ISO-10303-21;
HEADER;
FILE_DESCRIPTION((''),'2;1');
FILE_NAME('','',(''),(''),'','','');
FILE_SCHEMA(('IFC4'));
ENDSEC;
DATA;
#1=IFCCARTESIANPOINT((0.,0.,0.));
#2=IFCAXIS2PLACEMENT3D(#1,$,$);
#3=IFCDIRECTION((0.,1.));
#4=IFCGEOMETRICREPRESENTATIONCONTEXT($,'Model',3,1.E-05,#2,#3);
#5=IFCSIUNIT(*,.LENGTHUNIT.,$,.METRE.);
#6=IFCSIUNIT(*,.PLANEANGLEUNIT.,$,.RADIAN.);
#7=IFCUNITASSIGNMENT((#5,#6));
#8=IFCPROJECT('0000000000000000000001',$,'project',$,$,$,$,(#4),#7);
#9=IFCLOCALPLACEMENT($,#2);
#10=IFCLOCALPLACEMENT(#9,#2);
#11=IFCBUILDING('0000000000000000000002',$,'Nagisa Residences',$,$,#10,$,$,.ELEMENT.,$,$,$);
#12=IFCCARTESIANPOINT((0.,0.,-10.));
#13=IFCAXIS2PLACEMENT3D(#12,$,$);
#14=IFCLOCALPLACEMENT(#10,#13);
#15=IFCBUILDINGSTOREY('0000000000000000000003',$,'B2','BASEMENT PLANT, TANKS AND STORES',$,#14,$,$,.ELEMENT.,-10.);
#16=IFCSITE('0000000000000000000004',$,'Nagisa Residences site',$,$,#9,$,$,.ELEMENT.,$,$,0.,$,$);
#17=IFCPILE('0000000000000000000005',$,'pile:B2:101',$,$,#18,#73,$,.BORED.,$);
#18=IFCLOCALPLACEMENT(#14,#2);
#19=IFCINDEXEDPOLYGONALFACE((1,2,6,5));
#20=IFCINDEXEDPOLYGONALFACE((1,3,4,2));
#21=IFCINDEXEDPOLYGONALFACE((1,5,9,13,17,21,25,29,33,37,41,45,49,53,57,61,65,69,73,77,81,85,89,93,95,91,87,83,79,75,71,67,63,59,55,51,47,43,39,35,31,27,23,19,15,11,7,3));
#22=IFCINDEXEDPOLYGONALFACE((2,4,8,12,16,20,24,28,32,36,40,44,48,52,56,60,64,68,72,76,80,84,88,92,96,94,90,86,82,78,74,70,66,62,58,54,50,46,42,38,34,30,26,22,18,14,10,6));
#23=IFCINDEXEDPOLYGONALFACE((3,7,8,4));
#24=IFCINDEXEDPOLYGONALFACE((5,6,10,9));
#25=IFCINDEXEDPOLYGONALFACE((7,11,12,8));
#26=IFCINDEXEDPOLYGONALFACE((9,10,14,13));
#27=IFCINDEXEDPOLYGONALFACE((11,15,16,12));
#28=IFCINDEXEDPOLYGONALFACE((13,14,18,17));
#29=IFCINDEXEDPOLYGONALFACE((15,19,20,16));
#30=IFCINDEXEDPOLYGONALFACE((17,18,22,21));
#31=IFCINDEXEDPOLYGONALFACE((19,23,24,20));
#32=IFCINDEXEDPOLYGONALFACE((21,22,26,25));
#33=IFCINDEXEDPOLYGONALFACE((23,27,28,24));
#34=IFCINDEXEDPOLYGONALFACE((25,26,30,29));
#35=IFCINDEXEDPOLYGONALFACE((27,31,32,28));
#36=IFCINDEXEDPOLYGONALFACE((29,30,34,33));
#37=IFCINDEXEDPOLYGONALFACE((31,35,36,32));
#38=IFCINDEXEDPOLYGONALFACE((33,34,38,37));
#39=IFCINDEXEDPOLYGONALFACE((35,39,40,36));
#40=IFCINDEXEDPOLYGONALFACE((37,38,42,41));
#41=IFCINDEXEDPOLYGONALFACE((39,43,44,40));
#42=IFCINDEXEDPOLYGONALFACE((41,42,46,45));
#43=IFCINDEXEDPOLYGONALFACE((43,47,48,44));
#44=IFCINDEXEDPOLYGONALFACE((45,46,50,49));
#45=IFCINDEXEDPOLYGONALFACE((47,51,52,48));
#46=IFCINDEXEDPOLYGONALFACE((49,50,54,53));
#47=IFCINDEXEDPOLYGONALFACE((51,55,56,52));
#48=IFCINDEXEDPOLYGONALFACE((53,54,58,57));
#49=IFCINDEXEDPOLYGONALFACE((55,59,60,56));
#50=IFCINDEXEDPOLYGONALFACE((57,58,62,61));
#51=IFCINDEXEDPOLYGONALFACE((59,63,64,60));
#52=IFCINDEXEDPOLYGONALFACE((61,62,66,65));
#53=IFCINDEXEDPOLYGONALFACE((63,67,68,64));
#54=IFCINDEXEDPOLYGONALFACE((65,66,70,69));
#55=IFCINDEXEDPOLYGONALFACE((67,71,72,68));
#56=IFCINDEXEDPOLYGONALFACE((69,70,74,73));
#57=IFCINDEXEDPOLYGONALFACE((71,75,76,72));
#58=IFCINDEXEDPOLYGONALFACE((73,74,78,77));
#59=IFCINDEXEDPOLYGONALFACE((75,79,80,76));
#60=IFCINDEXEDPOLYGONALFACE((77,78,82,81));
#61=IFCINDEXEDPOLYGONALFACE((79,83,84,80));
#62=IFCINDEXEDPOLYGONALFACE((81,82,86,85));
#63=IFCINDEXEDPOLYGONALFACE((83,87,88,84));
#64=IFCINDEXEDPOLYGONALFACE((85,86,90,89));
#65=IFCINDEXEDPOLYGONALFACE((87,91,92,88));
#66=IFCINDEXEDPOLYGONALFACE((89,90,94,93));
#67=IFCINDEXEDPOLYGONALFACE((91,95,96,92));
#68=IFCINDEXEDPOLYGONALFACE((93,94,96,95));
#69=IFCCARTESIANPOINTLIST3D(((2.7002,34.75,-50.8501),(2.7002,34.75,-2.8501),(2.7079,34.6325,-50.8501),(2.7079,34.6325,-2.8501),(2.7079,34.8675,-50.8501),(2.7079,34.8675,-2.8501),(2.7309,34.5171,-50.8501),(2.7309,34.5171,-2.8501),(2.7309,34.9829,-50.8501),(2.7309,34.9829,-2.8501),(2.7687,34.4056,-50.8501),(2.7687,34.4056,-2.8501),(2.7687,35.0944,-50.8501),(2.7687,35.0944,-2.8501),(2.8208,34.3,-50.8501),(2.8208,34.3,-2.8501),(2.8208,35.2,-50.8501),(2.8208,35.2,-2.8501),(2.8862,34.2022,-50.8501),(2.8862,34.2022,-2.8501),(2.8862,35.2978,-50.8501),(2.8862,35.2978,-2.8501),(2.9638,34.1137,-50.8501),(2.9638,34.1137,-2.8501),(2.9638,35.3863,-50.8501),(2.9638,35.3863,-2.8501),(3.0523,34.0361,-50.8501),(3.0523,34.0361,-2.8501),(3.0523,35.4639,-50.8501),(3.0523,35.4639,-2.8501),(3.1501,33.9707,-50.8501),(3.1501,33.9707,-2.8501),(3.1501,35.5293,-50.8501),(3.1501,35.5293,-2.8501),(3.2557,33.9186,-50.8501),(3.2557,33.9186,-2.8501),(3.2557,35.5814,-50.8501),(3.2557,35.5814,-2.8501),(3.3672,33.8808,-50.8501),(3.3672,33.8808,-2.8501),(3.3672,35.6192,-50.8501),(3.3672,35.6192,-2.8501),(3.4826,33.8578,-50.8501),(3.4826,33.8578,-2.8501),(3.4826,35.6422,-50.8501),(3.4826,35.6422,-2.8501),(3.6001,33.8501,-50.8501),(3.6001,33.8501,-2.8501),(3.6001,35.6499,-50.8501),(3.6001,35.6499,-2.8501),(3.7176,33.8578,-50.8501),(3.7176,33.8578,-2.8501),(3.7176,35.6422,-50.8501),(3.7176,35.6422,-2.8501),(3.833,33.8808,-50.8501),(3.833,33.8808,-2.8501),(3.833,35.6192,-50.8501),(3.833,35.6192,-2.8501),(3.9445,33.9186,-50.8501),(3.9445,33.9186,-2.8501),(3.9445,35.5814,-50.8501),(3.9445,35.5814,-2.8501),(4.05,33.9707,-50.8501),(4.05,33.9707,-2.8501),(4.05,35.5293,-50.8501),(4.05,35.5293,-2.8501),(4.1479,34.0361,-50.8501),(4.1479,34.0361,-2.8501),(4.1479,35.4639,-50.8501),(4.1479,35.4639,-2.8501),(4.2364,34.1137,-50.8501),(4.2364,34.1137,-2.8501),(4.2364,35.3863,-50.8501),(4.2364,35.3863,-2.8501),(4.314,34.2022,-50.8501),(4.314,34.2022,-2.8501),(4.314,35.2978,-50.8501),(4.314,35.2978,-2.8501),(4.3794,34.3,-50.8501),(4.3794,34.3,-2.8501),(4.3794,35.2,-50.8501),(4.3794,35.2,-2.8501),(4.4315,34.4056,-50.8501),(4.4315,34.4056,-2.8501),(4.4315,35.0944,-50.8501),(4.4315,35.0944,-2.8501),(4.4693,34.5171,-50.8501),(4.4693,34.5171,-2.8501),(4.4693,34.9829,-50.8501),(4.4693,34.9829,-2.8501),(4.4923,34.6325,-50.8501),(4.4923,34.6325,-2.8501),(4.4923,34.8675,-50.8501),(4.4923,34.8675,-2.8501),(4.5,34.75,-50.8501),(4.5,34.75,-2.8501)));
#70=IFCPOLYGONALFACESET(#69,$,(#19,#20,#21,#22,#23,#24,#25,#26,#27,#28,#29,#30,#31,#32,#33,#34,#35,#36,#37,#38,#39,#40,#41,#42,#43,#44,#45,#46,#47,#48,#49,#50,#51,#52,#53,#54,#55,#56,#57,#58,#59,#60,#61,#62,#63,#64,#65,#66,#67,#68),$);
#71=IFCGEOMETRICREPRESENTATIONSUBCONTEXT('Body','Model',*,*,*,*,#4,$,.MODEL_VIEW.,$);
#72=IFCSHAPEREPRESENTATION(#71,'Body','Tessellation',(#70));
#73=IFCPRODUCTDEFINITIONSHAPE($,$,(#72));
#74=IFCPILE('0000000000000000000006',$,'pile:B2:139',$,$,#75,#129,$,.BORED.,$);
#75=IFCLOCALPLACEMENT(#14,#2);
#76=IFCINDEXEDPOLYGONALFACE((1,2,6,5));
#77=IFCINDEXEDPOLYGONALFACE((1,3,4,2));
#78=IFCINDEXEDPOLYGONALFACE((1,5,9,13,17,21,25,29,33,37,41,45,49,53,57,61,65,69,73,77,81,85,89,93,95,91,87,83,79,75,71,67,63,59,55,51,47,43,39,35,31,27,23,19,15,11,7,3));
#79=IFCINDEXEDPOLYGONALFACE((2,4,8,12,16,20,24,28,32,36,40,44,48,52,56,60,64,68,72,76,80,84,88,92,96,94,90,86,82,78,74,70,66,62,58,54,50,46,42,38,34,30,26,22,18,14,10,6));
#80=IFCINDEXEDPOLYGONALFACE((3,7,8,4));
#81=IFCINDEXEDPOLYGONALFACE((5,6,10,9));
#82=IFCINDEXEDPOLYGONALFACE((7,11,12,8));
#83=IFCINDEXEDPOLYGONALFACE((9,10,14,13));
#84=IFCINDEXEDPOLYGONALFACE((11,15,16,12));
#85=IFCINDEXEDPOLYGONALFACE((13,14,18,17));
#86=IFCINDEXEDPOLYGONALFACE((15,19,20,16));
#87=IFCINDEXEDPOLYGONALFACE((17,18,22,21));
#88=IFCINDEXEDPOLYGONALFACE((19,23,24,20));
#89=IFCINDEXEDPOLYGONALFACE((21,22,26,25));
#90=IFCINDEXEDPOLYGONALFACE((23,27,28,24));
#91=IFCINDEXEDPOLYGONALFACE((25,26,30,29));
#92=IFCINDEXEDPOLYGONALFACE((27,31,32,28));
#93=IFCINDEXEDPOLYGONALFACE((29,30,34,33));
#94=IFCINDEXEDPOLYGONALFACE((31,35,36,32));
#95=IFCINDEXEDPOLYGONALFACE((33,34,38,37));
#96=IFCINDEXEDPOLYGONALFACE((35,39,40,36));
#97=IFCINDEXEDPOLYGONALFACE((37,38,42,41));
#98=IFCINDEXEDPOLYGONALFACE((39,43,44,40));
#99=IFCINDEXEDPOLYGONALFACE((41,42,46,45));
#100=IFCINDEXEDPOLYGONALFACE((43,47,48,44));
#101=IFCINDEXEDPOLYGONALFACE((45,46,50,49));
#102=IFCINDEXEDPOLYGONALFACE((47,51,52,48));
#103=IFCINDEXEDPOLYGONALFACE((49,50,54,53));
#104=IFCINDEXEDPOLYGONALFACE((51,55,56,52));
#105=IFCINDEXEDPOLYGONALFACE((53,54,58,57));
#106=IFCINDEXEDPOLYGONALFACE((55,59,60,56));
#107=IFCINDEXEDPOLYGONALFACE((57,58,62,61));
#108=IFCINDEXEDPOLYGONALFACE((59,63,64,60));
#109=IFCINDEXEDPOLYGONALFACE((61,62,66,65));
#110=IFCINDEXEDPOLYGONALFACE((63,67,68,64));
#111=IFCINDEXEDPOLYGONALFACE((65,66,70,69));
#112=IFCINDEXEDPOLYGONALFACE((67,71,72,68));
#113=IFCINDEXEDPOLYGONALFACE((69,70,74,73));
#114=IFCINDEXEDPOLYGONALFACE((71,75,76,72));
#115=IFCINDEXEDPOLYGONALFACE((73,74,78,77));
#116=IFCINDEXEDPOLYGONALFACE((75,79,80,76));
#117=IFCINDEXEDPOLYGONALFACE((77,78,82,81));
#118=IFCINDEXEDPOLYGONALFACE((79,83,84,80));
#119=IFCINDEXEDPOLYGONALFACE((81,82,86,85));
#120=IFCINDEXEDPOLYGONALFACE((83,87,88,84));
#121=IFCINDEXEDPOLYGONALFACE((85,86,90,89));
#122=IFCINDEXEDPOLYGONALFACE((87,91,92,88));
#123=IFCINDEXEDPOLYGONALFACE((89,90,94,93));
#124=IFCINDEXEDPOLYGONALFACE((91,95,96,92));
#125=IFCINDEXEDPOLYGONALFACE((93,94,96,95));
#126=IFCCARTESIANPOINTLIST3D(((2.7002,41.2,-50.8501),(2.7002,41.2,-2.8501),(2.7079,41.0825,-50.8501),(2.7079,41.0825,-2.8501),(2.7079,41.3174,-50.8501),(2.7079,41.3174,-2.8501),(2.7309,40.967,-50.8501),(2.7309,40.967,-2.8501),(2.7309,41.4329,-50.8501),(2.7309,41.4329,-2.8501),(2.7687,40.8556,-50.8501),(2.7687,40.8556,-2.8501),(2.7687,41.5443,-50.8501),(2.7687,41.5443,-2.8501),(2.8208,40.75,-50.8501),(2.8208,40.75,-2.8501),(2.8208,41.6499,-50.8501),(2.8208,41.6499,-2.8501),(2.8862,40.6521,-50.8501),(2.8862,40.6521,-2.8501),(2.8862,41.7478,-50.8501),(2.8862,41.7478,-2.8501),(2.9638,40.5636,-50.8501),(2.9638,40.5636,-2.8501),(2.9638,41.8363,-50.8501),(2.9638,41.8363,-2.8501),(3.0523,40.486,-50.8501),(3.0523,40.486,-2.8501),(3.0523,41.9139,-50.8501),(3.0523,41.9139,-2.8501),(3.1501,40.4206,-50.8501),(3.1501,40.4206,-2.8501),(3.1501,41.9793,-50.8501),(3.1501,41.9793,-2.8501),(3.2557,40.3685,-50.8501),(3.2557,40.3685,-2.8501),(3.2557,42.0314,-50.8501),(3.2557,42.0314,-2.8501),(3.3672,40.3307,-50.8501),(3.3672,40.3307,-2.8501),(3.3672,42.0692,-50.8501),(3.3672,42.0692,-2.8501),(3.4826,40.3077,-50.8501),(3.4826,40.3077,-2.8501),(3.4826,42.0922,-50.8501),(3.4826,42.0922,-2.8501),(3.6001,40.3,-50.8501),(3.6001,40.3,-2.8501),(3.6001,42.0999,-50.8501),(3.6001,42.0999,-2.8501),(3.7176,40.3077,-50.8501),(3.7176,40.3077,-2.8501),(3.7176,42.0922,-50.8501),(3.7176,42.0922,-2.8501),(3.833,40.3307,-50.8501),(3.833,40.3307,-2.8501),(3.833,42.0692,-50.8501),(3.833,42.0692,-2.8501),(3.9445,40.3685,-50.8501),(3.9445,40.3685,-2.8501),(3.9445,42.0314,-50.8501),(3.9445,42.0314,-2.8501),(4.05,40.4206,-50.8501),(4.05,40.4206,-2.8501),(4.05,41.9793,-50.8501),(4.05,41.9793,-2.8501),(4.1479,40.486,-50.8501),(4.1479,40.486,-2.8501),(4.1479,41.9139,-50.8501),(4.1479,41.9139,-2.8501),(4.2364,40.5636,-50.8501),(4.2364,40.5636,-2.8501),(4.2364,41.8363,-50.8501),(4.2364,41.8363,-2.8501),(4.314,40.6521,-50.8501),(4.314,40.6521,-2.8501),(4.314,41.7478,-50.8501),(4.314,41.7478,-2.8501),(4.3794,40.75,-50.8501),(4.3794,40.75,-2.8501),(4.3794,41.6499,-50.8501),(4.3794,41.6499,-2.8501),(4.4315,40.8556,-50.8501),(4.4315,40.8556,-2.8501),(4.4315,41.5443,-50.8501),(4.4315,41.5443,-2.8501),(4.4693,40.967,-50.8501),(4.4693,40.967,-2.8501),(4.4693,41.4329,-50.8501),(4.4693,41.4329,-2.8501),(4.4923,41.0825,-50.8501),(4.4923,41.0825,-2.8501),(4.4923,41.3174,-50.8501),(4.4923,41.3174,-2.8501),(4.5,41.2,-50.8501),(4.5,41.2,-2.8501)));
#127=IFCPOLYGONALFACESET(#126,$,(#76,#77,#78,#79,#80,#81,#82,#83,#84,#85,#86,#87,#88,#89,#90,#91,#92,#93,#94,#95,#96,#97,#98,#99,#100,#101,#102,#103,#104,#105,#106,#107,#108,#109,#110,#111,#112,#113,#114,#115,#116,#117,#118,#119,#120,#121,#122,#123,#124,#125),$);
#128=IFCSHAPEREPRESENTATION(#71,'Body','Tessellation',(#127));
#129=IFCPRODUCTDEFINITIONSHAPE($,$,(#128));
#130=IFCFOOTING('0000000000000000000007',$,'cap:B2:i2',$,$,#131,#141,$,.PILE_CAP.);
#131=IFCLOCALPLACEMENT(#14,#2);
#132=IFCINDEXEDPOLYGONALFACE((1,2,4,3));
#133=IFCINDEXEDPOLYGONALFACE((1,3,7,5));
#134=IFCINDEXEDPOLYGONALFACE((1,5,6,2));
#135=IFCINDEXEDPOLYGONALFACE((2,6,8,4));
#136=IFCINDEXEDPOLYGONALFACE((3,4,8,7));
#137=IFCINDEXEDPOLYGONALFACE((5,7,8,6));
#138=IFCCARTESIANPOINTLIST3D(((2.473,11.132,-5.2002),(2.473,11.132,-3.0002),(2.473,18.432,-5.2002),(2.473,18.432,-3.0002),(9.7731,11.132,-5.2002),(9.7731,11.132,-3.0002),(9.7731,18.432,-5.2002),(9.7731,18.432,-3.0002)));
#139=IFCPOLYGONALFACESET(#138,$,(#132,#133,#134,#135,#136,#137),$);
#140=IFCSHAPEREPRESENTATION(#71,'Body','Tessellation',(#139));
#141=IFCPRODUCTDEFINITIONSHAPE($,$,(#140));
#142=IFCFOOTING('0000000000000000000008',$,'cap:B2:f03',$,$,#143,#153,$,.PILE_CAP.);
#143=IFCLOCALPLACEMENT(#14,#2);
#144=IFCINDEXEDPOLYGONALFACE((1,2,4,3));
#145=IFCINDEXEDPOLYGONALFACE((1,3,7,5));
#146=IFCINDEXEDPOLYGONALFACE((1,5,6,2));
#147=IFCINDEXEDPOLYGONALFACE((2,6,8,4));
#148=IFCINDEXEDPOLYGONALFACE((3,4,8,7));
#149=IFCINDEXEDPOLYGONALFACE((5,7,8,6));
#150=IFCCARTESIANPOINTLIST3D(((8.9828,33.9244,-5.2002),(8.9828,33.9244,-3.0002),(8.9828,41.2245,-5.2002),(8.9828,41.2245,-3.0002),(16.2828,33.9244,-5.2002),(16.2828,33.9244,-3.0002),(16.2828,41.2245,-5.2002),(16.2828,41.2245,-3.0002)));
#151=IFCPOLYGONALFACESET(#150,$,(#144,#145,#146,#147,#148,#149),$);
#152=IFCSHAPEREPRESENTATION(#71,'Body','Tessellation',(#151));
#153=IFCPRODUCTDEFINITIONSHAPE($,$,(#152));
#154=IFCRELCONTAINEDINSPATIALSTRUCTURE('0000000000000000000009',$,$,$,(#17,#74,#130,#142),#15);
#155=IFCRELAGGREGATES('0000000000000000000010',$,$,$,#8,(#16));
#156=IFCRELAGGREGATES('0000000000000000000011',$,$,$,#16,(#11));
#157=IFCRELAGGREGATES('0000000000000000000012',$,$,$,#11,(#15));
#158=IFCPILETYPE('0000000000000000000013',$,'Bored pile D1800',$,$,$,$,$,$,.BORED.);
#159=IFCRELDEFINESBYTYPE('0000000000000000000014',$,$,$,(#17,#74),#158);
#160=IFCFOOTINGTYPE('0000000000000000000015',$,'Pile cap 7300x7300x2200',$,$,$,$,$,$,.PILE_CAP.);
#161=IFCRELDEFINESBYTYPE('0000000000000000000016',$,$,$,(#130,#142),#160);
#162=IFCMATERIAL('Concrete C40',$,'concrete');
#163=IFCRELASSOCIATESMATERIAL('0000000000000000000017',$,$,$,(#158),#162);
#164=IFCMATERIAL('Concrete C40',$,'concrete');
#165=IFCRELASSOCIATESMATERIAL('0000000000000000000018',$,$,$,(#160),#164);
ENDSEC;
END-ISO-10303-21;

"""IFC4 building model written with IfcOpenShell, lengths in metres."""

from ifc_helpers import new_model, si_unit, direction, frame, origin, origin_2d, place, context, subcontext, project, spatial, rectangle, circle, extrude, material, material_profile, profile_set, type_object, element, save


model = new_model("IFC4")

# Units and contexts
model_context = context("Model", 3, precision=1e-05, world=origin(), true_north=direction((0.0, 1.0)))
body_context = subcontext(model_context, "Body", "Model", "MODEL_VIEW")
ifc_project = project(units=[si_unit("LENGTHUNIT", "METRE"), si_unit("PLANEANGLEUNIT", "RADIAN")], contexts=[model_context])

# Site, building, storey
site_placement = place(None, origin())
site = spatial("IfcSite", under=ifc_project, at=site_placement, Name="Nagisa Residences site", CompositionType="ELEMENT", RefElevation=0.0)
building_placement = place(site_placement, origin())
building = spatial("IfcBuilding", under=site, at=building_placement, Name="Nagisa Residences", CompositionType="ELEMENT")
storey_placement = place(building_placement, frame((0.0, 0.0, -10.0)))
storey = spatial("IfcBuildingStorey", under=building, at=storey_placement, Name="B2", Description="BASEMENT PLANT, TANKS AND STORES", CompositionType="ELEMENT", Elevation=-10.0)

# Piles
ifc_material_1 = material(Name="Concrete C40", Category="concrete")
ifc_material_profile_1 = material_profile(ifc_material_1, circle(Radius=0.8999, at=origin_2d()), Name="Bored pile D1800")
ifc_profile_set_1 = profile_set([ifc_material_profile_1], Name="Concrete C40")
pile_type = type_object("IfcPileType", Name="Bored pile D1800", PredefinedType="BORED", material=ifc_profile_set_1)
for number, where, z_axis, x_axis, name in (
    (1, (3.6001, 34.75, -2.8501), (0.0, 0.0, -1.0), (1.0, 0.0, 0.0), "pile:B2:101"),
    (2, (3.6001, 41.2, -2.8501), (0.0, 0.0, -1.0), (1.0, 0.0, 0.0), "pile:B2:139"),
):
    element("IfcPile", number, at=place(storey_placement, frame(where, z_axis=z_axis, x_axis=x_axis)), inside=storey, type_object=pile_type, Name=name, PredefinedType="BORED", context=body_context, shape_type="SweptSolid", body=[
        extrude(circle(Radius=0.8999, at=origin_2d()), origin(), (0.0, 0.0, 1.0), 48.0),
    ])

# Footings
ifc_material_2 = material(Name="Concrete C40", Category="concrete")
footing_type = type_object("IfcFootingType", Name="Pile cap 7300x7300x2200", PredefinedType="PILE_CAP", material=ifc_material_2)
for number, where, z_axis, x_axis, name in (
    (3, (6.123, 14.782, -5.2002), (0.0, 0.0, 1.0), (1.0, 0.0, 0.0), "cap:B2:i2"),
    (4, (12.6328, 37.5745, -5.2002), (0.0, 0.0, 1.0), (1.0, 0.0, 0.0), "cap:B2:f03"),
):
    element("IfcFooting", number, at=place(storey_placement, frame(where, z_axis=z_axis, x_axis=x_axis)), inside=storey, type_object=footing_type, Name=name, PredefinedType="PILE_CAP", context=body_context, shape_type="SweptSolid", body=[
        extrude(rectangle(XDim=7.3, YDim=7.3, at=origin_2d()), origin(), (0.0, 0.0, 1.0), 2.2),
    ])

save(model, "model.ifc")
